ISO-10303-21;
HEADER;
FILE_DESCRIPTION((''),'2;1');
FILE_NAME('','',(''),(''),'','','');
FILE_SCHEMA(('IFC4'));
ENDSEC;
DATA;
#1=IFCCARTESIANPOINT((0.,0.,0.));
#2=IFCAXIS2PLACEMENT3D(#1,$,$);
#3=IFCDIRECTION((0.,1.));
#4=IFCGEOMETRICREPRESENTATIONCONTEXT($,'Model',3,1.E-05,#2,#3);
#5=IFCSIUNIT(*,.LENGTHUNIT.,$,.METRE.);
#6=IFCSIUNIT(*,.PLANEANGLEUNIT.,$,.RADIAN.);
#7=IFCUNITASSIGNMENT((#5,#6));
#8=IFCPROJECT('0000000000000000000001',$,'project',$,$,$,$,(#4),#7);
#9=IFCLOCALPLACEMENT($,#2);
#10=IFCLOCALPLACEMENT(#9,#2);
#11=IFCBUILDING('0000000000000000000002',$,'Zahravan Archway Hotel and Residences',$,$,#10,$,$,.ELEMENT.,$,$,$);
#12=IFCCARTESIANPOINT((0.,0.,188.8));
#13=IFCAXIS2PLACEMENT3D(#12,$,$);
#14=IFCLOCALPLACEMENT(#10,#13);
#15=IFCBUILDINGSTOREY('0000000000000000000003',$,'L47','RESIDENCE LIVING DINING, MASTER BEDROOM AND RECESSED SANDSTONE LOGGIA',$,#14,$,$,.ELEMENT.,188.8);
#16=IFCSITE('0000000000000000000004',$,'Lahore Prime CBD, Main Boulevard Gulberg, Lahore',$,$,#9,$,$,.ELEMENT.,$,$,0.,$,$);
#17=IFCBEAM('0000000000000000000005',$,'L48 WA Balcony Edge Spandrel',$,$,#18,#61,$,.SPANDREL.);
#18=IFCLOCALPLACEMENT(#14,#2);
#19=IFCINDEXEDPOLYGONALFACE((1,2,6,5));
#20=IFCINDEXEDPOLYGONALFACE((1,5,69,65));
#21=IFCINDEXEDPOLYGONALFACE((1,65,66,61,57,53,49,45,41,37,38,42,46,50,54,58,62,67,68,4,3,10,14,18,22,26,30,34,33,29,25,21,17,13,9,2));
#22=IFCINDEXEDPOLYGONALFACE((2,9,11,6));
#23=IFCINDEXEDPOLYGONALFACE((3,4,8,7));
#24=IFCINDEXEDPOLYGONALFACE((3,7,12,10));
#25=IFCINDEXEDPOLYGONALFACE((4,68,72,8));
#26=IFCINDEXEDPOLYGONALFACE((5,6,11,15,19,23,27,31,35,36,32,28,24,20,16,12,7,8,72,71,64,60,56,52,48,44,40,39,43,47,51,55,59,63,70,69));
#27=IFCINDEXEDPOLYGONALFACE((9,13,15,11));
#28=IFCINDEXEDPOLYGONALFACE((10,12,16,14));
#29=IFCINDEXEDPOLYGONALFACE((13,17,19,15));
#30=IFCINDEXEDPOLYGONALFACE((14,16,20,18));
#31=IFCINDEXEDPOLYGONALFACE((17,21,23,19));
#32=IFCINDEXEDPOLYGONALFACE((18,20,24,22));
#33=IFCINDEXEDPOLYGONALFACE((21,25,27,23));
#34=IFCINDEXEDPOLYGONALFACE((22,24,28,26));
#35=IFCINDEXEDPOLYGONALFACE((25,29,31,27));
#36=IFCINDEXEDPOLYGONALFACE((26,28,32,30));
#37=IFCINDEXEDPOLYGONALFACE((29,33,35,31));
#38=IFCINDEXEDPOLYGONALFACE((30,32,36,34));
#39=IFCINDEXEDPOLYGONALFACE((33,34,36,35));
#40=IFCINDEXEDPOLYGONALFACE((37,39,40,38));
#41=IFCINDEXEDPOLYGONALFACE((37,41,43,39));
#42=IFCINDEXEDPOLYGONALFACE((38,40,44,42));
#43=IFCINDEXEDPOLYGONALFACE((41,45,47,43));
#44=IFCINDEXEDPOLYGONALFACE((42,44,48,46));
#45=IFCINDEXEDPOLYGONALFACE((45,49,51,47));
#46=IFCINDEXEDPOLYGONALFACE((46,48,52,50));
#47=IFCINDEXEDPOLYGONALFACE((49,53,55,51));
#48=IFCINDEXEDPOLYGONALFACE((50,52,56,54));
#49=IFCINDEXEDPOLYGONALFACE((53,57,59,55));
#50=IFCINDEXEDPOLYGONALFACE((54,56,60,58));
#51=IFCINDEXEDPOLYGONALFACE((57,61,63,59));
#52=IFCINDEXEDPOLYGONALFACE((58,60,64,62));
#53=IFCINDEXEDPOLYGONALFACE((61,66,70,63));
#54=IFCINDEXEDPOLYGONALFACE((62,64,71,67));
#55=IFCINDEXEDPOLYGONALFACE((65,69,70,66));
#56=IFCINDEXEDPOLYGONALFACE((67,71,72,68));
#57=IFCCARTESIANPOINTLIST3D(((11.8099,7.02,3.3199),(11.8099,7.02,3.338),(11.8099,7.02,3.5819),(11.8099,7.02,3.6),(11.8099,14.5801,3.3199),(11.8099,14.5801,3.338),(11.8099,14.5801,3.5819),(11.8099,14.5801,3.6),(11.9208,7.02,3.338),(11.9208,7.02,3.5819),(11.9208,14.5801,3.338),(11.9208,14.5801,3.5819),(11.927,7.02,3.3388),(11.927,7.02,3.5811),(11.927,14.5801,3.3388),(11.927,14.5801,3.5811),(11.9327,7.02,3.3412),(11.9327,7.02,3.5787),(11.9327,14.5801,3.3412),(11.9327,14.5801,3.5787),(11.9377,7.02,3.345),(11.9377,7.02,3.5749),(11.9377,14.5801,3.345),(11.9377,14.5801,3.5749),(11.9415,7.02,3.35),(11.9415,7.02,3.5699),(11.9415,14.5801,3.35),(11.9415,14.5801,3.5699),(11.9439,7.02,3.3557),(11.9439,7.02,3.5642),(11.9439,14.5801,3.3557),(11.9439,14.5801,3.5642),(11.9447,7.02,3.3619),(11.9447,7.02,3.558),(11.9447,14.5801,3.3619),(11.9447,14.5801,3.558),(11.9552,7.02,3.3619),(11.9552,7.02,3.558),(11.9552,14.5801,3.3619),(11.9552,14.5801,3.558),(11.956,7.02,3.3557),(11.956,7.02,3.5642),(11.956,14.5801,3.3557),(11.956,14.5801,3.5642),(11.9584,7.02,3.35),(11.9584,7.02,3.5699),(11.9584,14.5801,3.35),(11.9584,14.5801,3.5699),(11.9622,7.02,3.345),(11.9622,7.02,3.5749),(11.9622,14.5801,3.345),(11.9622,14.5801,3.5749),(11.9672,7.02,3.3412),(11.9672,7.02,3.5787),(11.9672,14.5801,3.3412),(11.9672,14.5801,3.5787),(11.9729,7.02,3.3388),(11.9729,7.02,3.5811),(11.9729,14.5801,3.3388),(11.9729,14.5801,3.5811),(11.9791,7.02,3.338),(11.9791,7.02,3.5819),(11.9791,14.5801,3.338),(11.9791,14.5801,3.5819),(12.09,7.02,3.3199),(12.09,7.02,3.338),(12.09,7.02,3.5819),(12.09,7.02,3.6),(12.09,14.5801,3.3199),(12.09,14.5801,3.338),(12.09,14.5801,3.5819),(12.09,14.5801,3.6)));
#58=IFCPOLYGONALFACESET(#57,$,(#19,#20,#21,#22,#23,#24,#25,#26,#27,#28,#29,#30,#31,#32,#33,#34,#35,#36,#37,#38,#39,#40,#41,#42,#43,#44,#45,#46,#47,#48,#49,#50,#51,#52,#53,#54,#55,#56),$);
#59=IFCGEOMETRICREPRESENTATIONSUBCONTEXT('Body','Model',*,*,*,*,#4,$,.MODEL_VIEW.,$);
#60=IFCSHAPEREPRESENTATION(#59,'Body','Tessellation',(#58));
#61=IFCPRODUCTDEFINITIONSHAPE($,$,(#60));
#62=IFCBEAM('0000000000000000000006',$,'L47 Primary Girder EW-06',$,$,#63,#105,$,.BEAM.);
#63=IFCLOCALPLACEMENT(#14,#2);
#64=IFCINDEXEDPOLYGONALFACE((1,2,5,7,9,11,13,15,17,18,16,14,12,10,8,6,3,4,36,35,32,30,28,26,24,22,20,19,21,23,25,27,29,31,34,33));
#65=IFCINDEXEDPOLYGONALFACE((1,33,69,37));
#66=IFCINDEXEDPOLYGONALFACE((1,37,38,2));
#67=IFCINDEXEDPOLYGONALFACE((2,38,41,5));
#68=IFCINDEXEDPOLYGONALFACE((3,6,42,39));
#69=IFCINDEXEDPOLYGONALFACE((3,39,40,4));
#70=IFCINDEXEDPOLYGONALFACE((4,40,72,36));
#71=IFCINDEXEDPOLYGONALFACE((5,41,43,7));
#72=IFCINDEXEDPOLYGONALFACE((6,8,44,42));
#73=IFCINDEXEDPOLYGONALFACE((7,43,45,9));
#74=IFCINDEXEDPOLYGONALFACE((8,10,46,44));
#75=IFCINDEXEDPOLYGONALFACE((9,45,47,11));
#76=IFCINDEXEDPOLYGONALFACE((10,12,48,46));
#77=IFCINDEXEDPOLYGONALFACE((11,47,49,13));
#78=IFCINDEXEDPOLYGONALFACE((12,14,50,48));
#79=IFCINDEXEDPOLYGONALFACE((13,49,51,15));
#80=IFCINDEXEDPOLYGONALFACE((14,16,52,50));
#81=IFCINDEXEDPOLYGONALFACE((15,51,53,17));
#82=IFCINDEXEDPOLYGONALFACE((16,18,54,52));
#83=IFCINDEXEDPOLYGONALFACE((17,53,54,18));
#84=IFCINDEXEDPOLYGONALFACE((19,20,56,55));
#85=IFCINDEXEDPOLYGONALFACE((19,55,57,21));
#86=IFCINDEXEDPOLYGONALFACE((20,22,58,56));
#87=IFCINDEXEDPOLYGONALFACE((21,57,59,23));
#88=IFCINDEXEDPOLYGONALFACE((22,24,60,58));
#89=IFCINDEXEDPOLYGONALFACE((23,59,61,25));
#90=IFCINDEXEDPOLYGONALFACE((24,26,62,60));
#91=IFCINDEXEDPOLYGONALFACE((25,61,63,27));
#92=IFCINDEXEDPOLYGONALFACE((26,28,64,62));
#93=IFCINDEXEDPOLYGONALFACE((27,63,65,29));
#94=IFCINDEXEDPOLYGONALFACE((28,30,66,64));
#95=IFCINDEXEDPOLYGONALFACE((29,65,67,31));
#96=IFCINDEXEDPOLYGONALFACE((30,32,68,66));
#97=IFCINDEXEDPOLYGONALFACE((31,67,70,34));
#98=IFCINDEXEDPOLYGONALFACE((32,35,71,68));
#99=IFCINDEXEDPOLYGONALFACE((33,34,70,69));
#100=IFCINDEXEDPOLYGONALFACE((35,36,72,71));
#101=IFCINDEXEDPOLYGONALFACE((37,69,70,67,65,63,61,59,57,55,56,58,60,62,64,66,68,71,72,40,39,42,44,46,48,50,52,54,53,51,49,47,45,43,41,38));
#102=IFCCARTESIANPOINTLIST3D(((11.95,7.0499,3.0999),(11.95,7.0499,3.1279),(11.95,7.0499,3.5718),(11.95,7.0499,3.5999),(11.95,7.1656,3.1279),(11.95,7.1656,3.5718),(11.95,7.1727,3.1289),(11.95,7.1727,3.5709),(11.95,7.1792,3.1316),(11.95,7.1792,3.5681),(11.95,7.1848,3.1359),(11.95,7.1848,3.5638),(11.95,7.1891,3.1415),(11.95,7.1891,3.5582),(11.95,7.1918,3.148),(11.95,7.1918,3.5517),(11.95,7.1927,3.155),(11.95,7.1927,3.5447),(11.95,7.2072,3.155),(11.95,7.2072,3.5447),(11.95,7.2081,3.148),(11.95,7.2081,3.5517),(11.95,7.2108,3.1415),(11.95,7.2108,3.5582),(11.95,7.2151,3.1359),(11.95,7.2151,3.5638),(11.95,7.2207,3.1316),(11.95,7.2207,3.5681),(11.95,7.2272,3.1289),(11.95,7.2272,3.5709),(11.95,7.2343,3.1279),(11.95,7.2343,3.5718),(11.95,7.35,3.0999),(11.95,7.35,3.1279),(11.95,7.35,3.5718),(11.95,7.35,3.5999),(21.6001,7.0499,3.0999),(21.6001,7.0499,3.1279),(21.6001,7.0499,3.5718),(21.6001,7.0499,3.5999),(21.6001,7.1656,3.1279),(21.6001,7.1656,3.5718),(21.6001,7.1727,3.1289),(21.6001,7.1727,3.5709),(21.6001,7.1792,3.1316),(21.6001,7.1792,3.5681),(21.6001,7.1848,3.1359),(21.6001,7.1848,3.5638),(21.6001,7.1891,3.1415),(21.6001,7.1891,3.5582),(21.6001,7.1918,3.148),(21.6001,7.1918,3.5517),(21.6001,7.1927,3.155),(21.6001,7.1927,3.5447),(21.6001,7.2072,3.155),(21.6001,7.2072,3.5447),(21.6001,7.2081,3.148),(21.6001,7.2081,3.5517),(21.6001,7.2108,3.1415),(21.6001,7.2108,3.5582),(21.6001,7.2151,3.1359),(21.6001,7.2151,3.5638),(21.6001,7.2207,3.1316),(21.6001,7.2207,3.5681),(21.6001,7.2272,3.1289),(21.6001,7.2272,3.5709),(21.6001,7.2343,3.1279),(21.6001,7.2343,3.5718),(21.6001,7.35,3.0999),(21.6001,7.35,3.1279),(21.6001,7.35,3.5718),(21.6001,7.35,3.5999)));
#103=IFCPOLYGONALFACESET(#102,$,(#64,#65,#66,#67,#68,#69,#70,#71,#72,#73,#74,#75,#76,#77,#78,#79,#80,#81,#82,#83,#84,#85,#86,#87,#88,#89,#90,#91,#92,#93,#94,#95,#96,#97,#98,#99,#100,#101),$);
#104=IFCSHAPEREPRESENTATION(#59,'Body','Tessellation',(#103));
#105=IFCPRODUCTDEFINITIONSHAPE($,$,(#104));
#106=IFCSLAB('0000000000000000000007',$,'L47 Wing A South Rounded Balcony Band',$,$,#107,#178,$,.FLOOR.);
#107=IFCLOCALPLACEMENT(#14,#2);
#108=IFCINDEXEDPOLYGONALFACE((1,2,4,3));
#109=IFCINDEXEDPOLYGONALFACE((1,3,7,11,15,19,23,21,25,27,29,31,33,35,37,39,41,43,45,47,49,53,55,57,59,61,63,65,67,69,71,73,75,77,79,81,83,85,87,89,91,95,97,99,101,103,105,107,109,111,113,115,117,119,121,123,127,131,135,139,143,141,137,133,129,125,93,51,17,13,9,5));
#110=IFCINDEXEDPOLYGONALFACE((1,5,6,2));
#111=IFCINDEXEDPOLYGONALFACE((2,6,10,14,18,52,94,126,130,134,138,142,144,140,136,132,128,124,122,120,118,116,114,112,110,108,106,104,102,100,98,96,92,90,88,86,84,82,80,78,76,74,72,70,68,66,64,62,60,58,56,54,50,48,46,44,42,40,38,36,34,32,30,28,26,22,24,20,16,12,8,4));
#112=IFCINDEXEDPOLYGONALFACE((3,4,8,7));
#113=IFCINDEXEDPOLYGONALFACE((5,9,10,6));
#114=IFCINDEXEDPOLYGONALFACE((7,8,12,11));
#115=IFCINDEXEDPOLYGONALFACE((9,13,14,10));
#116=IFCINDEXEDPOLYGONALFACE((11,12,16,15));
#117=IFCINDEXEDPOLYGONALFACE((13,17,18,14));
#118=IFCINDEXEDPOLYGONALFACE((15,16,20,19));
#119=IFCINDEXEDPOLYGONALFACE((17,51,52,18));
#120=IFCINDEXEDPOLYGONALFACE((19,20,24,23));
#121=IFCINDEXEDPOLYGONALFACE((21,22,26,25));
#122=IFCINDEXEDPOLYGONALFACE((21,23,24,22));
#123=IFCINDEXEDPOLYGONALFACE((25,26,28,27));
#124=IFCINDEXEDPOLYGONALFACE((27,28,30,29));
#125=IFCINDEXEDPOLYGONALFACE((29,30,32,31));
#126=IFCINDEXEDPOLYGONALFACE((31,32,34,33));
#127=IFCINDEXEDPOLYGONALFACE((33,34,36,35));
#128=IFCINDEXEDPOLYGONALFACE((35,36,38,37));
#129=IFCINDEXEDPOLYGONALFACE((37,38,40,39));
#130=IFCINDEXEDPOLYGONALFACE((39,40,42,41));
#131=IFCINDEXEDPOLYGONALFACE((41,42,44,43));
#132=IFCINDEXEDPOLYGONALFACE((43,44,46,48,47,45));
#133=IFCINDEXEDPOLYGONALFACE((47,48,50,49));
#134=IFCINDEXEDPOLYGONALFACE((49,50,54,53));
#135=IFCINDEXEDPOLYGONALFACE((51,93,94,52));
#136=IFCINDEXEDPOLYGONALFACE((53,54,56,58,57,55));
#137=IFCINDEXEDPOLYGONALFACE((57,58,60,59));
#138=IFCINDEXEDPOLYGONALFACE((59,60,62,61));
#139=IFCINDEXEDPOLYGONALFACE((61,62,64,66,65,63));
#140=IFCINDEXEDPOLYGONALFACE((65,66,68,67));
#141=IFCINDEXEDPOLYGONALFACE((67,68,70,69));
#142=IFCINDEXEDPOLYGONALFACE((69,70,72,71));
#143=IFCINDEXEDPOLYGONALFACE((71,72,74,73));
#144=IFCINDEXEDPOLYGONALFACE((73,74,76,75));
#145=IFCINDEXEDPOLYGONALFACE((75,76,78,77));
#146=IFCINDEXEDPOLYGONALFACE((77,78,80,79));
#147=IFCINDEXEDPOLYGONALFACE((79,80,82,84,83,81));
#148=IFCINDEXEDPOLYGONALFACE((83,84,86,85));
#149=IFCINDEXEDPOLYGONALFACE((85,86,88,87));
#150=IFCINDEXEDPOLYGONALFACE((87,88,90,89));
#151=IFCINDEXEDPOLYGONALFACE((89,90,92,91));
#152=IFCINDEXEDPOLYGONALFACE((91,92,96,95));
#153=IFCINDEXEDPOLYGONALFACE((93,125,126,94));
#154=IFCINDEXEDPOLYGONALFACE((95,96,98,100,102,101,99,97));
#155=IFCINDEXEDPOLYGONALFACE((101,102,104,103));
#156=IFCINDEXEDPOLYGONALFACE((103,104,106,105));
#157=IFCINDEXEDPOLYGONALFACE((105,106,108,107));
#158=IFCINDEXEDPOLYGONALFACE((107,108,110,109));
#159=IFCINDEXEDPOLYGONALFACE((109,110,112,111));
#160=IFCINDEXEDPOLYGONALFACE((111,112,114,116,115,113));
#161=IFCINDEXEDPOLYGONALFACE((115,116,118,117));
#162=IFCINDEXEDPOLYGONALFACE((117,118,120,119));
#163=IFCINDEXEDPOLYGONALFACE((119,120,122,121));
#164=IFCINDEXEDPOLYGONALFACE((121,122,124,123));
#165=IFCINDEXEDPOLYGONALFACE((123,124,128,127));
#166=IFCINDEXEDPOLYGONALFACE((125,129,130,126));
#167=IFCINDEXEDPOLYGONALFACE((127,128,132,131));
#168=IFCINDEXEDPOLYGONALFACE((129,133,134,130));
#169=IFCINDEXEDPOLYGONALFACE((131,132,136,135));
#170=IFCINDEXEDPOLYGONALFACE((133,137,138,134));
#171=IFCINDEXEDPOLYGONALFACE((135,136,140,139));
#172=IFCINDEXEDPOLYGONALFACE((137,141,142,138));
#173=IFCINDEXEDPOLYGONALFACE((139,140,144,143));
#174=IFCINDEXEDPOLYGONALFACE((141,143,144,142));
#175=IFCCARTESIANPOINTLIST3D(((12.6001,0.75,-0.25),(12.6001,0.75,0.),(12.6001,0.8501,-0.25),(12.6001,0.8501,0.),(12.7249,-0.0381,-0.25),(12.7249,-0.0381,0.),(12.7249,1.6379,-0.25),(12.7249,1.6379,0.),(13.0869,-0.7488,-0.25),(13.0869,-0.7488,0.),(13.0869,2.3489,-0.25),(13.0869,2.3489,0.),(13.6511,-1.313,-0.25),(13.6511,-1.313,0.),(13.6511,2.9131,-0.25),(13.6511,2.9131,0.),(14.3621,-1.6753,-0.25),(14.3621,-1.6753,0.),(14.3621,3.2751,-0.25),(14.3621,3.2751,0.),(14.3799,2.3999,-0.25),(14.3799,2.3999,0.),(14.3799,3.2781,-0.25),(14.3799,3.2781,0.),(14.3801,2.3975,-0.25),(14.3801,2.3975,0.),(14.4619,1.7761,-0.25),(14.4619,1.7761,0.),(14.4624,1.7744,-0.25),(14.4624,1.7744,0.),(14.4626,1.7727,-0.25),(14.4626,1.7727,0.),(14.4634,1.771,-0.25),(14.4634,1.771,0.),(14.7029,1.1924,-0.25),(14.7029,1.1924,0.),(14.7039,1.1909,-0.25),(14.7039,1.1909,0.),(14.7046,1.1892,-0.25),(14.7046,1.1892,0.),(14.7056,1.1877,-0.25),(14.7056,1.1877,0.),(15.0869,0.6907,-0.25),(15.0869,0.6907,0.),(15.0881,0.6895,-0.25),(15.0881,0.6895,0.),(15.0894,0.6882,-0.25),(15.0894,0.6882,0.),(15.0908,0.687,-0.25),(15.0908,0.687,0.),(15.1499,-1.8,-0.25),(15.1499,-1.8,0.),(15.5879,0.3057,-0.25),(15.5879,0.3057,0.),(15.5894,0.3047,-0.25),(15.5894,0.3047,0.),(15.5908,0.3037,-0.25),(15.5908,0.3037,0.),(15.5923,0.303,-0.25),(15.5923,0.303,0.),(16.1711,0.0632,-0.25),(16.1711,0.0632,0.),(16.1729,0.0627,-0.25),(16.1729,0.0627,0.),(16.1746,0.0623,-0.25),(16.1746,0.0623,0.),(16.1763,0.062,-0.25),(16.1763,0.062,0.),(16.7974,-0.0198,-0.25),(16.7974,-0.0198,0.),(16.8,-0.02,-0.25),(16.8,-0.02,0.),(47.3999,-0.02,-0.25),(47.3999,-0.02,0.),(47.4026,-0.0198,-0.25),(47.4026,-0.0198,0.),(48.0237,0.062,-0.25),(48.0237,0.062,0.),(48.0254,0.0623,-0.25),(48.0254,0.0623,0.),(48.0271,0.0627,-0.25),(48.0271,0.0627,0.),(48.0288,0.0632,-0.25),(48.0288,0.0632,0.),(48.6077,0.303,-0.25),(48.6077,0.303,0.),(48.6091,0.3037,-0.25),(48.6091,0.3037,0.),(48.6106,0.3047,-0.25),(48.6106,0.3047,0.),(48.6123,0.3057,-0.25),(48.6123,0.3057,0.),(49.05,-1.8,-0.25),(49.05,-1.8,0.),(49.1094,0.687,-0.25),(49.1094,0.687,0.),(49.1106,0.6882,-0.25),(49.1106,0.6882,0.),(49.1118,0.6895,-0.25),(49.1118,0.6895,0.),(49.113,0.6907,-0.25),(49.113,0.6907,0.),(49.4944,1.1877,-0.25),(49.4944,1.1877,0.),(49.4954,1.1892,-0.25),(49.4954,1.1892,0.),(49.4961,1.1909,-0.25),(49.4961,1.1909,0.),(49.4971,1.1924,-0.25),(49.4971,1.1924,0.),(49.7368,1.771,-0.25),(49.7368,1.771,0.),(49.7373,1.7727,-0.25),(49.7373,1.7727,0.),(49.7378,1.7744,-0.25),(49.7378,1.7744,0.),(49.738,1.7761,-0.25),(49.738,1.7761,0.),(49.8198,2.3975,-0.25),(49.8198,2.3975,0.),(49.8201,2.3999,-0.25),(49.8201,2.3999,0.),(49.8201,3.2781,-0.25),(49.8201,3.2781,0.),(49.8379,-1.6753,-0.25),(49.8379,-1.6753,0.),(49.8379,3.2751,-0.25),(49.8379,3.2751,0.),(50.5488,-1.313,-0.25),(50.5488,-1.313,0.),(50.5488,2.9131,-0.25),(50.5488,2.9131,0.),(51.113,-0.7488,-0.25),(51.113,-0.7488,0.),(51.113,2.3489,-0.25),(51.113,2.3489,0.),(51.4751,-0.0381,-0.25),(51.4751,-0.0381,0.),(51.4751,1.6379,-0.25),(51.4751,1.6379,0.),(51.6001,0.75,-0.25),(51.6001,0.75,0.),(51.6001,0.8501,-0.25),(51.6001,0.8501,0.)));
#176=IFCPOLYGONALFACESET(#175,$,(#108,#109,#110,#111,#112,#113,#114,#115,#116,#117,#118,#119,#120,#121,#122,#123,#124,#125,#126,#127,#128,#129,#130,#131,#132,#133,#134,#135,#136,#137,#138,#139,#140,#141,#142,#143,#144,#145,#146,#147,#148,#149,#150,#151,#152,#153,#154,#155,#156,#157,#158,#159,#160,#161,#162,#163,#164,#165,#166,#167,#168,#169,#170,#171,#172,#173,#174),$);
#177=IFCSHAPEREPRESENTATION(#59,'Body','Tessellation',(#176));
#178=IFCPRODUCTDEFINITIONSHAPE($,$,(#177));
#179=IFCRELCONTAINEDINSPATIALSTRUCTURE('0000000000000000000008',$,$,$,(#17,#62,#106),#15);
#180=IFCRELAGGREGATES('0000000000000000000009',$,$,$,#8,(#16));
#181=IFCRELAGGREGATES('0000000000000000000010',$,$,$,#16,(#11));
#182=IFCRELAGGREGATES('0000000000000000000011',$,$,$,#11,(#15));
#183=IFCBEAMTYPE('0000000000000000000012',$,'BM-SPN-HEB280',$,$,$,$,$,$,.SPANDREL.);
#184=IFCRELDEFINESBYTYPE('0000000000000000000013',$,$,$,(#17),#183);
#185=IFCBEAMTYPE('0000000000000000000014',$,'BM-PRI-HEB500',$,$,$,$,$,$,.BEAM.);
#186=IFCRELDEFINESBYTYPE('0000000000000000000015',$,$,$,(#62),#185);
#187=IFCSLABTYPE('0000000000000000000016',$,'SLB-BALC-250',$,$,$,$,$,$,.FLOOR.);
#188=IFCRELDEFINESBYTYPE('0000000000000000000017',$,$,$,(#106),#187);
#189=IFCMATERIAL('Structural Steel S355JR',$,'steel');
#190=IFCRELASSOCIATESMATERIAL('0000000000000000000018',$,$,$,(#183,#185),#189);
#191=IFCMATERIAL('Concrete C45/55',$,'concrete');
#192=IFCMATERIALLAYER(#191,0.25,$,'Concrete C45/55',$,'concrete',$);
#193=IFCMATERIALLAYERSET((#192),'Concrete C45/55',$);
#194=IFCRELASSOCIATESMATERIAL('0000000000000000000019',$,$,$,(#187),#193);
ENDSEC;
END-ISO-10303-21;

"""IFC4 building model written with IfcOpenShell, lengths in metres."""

from ifc_helpers import new_model, si_unit, direction, frame, origin, origin_2d, place, context, subcontext, project, spatial, polyline, i_section, outline, extrude, source, transform, mapped, material, layer, layer_set, material_profile, profile_set, type_object, type_shapes, element, save


model = new_model("IFC4")

# Units and contexts
model_context = context("Model", 3, precision=1e-05, world=origin(), true_north=direction((0.0, 1.0)))
body_context = subcontext(model_context, "Body", "Model", "MODEL_VIEW")
ifc_project = project(units=[si_unit("LENGTHUNIT", "METRE"), si_unit("PLANEANGLEUNIT", "RADIAN")], contexts=[model_context])

# Site, building, storey
site_placement = place(None, origin())
site = spatial("IfcSite", under=ifc_project, at=site_placement, Name="Lahore Prime CBD, Main Boulevard Gulberg, Lahore", CompositionType="ELEMENT", RefElevation=0.0)
building_placement = place(site_placement, origin())
building = spatial("IfcBuilding", under=site, at=building_placement, Name="Zahravan Archway Hotel and Residences", CompositionType="ELEMENT")
storey_placement = place(building_placement, frame((0.0, 0.0, 188.8)))
storey = spatial("IfcBuildingStorey", under=building, at=storey_placement, Name="L47", Description="RESIDENCE LIVING DINING, MASTER BEDROOM AND RECESSED SANDSTONE LOGGIA", CompositionType="ELEMENT", Elevation=188.8)

# Beams
ifc_material_1 = material(Name="Structural Steel S355JR", Category="steel")
ifc_material_profile_1 = material_profile(ifc_material_1, i_section(OverallWidth=0.28, OverallDepth=0.28, WebThickness=0.0105, FlangeThickness=0.0181, FilletRadius=0.0239, at=origin_2d()), Name="HEB 280", Category="steel")
ifc_profile_set_1 = profile_set([ifc_material_profile_1], Name="Structural Steel S355JR")
beam_type_1 = type_object("IfcBeamType", Name="BM-SPN-HEB280", PredefinedType="SPANDREL", material=ifc_profile_set_1)
shared_shape_1 = source(origin(), body_context, "Body", "SweptSolid", [
    extrude(i_section(OverallWidth=0.28, OverallDepth=0.28, WebThickness=0.0105, FlangeThickness=0.0181, FilletRadius=0.0239, at=origin_2d()), origin(), (0.0, 0.0, 1.0), 7.5601),
])
type_shapes(beam_type_1, [shared_shape_1])
beam_1_placement = place(storey_placement, frame((11.95, 7.02, 3.46), z_axis=(0.0, 1.0, 0.0), x_axis=(-1.0, 0.0, 0.0)))
element("IfcBeam", 1, at=beam_1_placement, inside=storey, type_object=beam_type_1, Name="L48 WA Balcony Edge Spandrel", PredefinedType="SPANDREL", context=body_context, shape_type="MappedRepresentation", body=[
    mapped(shared_shape_1, transform((0.0, 0.0, 0.0), scale=1.0)),
])
ifc_material_profile_2 = material_profile(ifc_material_1, i_section(OverallWidth=0.3, OverallDepth=0.5, WebThickness=0.0144, FlangeThickness=0.0281, FilletRadius=0.0271, at=origin_2d()), Name="HEB 500", Category="steel")
ifc_profile_set_2 = profile_set([ifc_material_profile_2], Name="Structural Steel S355JR")
beam_type_2 = type_object("IfcBeamType", Name="BM-PRI-HEB500", PredefinedType="BEAM", material=ifc_profile_set_2)
shared_shape_2 = source(origin(), body_context, "Body", "SweptSolid", [
    extrude(i_section(OverallWidth=0.3, OverallDepth=0.5, WebThickness=0.0144, FlangeThickness=0.0281, FilletRadius=0.0271, at=origin_2d()), origin(), (0.0, 0.0, 1.0), 9.6501),
])
beam_2_placement = place(storey_placement, frame((11.95, 7.2, 3.3499), z_axis=(1.0, 0.0, 0.0), x_axis=(0.0, 1.0, 0.0)))
element("IfcBeam", 2, at=beam_2_placement, inside=storey, type_object=beam_type_2, Name="L47 Primary Girder EW-06", PredefinedType="BEAM", context=body_context, shape_type="MappedRepresentation", body=[
    mapped(shared_shape_2, transform((0.0, 0.0, 0.0), scale=1.0)),
])

# Slab
ifc_material_2 = material(Name="Concrete C45/55", Category="concrete")
ifc_layer_1 = layer(ifc_material_2, 0.25, Name="Concrete C45/55", Category="concrete")
ifc_layer_set_1 = layer_set([ifc_layer_1], Name="Concrete C45/55")
slab_type_1 = type_object("IfcSlabType", Name="SLB-BALC-250", PredefinedType="FLOOR", material=ifc_layer_set_1)
slab_1_placement = place(storey_placement, frame((0.0, 0.0, -0.25)))
element("IfcSlab", 3, at=slab_1_placement, inside=storey, type_object=slab_type_1, Name="L47 Wing A South Rounded Balcony Band", PredefinedType="FLOOR", context=body_context, shape_type="SweptSolid", body=[
    extrude(outline(polyline([(49.8379, 3.2751), (50.5488, 2.9131), (51.113, 2.3489), (51.4751, 1.6379), (51.6001, 0.8501), (51.6001, 0.75), (51.4751, -0.0381), (51.113, -0.7488), (50.5488, -1.313), (49.8379, -1.6753), (49.05, -1.8), (15.1499, -1.8), (14.3621, -1.6753), (13.6511, -1.313), (13.0869, -0.7488), (12.7249, -0.0381), (12.6001, 0.75), (12.6001, 0.8501), (12.7249, 1.6379), (13.0869, 2.3489), (13.6511, 2.9131), (14.3621, 3.2751), (14.3799, 3.2781), (14.3799, 2.3999), (14.3801, 2.3975), (14.4619, 1.7761), (14.4624, 1.7744), (14.4626, 1.7727), (14.4634, 1.771), (14.7029, 1.1924), (14.7039, 1.1909), (14.7046, 1.1892), (14.7056, 1.1877), (15.0869, 0.6907), (15.0881, 0.6895), (15.0894, 0.6882), (15.0908, 0.687), (15.5879, 0.3057), (15.5894, 0.3047), (15.5908, 0.3037), (15.5923, 0.303), (16.1711, 0.0632), (16.1729, 0.0627), (16.1746, 0.0623), (16.1763, 0.062), (16.7974, -0.0198), (16.8, -0.02), (47.3999, -0.02), (47.4026, -0.0198), (48.0237, 0.062), (48.0254, 0.0623), (48.0271, 0.0627), (48.0288, 0.0632), (48.6077, 0.303), (48.6091, 0.3037), (48.6106, 0.3047), (48.6123, 0.3057), (49.1094, 0.687), (49.1106, 0.6882), (49.1118, 0.6895), (49.113, 0.6907), (49.4944, 1.1877), (49.4954, 1.1892), (49.4961, 1.1909), (49.4971, 1.1924), (49.7368, 1.771), (49.7373, 1.7727), (49.7378, 1.7744), (49.738, 1.7761), (49.8198, 2.3975), (49.8201, 2.3999), (49.8201, 3.2781), (49.8379, 3.2751)])), origin(), (0.0, 0.0, 1.0), 0.25),
])

save(model, "model.ifc")
